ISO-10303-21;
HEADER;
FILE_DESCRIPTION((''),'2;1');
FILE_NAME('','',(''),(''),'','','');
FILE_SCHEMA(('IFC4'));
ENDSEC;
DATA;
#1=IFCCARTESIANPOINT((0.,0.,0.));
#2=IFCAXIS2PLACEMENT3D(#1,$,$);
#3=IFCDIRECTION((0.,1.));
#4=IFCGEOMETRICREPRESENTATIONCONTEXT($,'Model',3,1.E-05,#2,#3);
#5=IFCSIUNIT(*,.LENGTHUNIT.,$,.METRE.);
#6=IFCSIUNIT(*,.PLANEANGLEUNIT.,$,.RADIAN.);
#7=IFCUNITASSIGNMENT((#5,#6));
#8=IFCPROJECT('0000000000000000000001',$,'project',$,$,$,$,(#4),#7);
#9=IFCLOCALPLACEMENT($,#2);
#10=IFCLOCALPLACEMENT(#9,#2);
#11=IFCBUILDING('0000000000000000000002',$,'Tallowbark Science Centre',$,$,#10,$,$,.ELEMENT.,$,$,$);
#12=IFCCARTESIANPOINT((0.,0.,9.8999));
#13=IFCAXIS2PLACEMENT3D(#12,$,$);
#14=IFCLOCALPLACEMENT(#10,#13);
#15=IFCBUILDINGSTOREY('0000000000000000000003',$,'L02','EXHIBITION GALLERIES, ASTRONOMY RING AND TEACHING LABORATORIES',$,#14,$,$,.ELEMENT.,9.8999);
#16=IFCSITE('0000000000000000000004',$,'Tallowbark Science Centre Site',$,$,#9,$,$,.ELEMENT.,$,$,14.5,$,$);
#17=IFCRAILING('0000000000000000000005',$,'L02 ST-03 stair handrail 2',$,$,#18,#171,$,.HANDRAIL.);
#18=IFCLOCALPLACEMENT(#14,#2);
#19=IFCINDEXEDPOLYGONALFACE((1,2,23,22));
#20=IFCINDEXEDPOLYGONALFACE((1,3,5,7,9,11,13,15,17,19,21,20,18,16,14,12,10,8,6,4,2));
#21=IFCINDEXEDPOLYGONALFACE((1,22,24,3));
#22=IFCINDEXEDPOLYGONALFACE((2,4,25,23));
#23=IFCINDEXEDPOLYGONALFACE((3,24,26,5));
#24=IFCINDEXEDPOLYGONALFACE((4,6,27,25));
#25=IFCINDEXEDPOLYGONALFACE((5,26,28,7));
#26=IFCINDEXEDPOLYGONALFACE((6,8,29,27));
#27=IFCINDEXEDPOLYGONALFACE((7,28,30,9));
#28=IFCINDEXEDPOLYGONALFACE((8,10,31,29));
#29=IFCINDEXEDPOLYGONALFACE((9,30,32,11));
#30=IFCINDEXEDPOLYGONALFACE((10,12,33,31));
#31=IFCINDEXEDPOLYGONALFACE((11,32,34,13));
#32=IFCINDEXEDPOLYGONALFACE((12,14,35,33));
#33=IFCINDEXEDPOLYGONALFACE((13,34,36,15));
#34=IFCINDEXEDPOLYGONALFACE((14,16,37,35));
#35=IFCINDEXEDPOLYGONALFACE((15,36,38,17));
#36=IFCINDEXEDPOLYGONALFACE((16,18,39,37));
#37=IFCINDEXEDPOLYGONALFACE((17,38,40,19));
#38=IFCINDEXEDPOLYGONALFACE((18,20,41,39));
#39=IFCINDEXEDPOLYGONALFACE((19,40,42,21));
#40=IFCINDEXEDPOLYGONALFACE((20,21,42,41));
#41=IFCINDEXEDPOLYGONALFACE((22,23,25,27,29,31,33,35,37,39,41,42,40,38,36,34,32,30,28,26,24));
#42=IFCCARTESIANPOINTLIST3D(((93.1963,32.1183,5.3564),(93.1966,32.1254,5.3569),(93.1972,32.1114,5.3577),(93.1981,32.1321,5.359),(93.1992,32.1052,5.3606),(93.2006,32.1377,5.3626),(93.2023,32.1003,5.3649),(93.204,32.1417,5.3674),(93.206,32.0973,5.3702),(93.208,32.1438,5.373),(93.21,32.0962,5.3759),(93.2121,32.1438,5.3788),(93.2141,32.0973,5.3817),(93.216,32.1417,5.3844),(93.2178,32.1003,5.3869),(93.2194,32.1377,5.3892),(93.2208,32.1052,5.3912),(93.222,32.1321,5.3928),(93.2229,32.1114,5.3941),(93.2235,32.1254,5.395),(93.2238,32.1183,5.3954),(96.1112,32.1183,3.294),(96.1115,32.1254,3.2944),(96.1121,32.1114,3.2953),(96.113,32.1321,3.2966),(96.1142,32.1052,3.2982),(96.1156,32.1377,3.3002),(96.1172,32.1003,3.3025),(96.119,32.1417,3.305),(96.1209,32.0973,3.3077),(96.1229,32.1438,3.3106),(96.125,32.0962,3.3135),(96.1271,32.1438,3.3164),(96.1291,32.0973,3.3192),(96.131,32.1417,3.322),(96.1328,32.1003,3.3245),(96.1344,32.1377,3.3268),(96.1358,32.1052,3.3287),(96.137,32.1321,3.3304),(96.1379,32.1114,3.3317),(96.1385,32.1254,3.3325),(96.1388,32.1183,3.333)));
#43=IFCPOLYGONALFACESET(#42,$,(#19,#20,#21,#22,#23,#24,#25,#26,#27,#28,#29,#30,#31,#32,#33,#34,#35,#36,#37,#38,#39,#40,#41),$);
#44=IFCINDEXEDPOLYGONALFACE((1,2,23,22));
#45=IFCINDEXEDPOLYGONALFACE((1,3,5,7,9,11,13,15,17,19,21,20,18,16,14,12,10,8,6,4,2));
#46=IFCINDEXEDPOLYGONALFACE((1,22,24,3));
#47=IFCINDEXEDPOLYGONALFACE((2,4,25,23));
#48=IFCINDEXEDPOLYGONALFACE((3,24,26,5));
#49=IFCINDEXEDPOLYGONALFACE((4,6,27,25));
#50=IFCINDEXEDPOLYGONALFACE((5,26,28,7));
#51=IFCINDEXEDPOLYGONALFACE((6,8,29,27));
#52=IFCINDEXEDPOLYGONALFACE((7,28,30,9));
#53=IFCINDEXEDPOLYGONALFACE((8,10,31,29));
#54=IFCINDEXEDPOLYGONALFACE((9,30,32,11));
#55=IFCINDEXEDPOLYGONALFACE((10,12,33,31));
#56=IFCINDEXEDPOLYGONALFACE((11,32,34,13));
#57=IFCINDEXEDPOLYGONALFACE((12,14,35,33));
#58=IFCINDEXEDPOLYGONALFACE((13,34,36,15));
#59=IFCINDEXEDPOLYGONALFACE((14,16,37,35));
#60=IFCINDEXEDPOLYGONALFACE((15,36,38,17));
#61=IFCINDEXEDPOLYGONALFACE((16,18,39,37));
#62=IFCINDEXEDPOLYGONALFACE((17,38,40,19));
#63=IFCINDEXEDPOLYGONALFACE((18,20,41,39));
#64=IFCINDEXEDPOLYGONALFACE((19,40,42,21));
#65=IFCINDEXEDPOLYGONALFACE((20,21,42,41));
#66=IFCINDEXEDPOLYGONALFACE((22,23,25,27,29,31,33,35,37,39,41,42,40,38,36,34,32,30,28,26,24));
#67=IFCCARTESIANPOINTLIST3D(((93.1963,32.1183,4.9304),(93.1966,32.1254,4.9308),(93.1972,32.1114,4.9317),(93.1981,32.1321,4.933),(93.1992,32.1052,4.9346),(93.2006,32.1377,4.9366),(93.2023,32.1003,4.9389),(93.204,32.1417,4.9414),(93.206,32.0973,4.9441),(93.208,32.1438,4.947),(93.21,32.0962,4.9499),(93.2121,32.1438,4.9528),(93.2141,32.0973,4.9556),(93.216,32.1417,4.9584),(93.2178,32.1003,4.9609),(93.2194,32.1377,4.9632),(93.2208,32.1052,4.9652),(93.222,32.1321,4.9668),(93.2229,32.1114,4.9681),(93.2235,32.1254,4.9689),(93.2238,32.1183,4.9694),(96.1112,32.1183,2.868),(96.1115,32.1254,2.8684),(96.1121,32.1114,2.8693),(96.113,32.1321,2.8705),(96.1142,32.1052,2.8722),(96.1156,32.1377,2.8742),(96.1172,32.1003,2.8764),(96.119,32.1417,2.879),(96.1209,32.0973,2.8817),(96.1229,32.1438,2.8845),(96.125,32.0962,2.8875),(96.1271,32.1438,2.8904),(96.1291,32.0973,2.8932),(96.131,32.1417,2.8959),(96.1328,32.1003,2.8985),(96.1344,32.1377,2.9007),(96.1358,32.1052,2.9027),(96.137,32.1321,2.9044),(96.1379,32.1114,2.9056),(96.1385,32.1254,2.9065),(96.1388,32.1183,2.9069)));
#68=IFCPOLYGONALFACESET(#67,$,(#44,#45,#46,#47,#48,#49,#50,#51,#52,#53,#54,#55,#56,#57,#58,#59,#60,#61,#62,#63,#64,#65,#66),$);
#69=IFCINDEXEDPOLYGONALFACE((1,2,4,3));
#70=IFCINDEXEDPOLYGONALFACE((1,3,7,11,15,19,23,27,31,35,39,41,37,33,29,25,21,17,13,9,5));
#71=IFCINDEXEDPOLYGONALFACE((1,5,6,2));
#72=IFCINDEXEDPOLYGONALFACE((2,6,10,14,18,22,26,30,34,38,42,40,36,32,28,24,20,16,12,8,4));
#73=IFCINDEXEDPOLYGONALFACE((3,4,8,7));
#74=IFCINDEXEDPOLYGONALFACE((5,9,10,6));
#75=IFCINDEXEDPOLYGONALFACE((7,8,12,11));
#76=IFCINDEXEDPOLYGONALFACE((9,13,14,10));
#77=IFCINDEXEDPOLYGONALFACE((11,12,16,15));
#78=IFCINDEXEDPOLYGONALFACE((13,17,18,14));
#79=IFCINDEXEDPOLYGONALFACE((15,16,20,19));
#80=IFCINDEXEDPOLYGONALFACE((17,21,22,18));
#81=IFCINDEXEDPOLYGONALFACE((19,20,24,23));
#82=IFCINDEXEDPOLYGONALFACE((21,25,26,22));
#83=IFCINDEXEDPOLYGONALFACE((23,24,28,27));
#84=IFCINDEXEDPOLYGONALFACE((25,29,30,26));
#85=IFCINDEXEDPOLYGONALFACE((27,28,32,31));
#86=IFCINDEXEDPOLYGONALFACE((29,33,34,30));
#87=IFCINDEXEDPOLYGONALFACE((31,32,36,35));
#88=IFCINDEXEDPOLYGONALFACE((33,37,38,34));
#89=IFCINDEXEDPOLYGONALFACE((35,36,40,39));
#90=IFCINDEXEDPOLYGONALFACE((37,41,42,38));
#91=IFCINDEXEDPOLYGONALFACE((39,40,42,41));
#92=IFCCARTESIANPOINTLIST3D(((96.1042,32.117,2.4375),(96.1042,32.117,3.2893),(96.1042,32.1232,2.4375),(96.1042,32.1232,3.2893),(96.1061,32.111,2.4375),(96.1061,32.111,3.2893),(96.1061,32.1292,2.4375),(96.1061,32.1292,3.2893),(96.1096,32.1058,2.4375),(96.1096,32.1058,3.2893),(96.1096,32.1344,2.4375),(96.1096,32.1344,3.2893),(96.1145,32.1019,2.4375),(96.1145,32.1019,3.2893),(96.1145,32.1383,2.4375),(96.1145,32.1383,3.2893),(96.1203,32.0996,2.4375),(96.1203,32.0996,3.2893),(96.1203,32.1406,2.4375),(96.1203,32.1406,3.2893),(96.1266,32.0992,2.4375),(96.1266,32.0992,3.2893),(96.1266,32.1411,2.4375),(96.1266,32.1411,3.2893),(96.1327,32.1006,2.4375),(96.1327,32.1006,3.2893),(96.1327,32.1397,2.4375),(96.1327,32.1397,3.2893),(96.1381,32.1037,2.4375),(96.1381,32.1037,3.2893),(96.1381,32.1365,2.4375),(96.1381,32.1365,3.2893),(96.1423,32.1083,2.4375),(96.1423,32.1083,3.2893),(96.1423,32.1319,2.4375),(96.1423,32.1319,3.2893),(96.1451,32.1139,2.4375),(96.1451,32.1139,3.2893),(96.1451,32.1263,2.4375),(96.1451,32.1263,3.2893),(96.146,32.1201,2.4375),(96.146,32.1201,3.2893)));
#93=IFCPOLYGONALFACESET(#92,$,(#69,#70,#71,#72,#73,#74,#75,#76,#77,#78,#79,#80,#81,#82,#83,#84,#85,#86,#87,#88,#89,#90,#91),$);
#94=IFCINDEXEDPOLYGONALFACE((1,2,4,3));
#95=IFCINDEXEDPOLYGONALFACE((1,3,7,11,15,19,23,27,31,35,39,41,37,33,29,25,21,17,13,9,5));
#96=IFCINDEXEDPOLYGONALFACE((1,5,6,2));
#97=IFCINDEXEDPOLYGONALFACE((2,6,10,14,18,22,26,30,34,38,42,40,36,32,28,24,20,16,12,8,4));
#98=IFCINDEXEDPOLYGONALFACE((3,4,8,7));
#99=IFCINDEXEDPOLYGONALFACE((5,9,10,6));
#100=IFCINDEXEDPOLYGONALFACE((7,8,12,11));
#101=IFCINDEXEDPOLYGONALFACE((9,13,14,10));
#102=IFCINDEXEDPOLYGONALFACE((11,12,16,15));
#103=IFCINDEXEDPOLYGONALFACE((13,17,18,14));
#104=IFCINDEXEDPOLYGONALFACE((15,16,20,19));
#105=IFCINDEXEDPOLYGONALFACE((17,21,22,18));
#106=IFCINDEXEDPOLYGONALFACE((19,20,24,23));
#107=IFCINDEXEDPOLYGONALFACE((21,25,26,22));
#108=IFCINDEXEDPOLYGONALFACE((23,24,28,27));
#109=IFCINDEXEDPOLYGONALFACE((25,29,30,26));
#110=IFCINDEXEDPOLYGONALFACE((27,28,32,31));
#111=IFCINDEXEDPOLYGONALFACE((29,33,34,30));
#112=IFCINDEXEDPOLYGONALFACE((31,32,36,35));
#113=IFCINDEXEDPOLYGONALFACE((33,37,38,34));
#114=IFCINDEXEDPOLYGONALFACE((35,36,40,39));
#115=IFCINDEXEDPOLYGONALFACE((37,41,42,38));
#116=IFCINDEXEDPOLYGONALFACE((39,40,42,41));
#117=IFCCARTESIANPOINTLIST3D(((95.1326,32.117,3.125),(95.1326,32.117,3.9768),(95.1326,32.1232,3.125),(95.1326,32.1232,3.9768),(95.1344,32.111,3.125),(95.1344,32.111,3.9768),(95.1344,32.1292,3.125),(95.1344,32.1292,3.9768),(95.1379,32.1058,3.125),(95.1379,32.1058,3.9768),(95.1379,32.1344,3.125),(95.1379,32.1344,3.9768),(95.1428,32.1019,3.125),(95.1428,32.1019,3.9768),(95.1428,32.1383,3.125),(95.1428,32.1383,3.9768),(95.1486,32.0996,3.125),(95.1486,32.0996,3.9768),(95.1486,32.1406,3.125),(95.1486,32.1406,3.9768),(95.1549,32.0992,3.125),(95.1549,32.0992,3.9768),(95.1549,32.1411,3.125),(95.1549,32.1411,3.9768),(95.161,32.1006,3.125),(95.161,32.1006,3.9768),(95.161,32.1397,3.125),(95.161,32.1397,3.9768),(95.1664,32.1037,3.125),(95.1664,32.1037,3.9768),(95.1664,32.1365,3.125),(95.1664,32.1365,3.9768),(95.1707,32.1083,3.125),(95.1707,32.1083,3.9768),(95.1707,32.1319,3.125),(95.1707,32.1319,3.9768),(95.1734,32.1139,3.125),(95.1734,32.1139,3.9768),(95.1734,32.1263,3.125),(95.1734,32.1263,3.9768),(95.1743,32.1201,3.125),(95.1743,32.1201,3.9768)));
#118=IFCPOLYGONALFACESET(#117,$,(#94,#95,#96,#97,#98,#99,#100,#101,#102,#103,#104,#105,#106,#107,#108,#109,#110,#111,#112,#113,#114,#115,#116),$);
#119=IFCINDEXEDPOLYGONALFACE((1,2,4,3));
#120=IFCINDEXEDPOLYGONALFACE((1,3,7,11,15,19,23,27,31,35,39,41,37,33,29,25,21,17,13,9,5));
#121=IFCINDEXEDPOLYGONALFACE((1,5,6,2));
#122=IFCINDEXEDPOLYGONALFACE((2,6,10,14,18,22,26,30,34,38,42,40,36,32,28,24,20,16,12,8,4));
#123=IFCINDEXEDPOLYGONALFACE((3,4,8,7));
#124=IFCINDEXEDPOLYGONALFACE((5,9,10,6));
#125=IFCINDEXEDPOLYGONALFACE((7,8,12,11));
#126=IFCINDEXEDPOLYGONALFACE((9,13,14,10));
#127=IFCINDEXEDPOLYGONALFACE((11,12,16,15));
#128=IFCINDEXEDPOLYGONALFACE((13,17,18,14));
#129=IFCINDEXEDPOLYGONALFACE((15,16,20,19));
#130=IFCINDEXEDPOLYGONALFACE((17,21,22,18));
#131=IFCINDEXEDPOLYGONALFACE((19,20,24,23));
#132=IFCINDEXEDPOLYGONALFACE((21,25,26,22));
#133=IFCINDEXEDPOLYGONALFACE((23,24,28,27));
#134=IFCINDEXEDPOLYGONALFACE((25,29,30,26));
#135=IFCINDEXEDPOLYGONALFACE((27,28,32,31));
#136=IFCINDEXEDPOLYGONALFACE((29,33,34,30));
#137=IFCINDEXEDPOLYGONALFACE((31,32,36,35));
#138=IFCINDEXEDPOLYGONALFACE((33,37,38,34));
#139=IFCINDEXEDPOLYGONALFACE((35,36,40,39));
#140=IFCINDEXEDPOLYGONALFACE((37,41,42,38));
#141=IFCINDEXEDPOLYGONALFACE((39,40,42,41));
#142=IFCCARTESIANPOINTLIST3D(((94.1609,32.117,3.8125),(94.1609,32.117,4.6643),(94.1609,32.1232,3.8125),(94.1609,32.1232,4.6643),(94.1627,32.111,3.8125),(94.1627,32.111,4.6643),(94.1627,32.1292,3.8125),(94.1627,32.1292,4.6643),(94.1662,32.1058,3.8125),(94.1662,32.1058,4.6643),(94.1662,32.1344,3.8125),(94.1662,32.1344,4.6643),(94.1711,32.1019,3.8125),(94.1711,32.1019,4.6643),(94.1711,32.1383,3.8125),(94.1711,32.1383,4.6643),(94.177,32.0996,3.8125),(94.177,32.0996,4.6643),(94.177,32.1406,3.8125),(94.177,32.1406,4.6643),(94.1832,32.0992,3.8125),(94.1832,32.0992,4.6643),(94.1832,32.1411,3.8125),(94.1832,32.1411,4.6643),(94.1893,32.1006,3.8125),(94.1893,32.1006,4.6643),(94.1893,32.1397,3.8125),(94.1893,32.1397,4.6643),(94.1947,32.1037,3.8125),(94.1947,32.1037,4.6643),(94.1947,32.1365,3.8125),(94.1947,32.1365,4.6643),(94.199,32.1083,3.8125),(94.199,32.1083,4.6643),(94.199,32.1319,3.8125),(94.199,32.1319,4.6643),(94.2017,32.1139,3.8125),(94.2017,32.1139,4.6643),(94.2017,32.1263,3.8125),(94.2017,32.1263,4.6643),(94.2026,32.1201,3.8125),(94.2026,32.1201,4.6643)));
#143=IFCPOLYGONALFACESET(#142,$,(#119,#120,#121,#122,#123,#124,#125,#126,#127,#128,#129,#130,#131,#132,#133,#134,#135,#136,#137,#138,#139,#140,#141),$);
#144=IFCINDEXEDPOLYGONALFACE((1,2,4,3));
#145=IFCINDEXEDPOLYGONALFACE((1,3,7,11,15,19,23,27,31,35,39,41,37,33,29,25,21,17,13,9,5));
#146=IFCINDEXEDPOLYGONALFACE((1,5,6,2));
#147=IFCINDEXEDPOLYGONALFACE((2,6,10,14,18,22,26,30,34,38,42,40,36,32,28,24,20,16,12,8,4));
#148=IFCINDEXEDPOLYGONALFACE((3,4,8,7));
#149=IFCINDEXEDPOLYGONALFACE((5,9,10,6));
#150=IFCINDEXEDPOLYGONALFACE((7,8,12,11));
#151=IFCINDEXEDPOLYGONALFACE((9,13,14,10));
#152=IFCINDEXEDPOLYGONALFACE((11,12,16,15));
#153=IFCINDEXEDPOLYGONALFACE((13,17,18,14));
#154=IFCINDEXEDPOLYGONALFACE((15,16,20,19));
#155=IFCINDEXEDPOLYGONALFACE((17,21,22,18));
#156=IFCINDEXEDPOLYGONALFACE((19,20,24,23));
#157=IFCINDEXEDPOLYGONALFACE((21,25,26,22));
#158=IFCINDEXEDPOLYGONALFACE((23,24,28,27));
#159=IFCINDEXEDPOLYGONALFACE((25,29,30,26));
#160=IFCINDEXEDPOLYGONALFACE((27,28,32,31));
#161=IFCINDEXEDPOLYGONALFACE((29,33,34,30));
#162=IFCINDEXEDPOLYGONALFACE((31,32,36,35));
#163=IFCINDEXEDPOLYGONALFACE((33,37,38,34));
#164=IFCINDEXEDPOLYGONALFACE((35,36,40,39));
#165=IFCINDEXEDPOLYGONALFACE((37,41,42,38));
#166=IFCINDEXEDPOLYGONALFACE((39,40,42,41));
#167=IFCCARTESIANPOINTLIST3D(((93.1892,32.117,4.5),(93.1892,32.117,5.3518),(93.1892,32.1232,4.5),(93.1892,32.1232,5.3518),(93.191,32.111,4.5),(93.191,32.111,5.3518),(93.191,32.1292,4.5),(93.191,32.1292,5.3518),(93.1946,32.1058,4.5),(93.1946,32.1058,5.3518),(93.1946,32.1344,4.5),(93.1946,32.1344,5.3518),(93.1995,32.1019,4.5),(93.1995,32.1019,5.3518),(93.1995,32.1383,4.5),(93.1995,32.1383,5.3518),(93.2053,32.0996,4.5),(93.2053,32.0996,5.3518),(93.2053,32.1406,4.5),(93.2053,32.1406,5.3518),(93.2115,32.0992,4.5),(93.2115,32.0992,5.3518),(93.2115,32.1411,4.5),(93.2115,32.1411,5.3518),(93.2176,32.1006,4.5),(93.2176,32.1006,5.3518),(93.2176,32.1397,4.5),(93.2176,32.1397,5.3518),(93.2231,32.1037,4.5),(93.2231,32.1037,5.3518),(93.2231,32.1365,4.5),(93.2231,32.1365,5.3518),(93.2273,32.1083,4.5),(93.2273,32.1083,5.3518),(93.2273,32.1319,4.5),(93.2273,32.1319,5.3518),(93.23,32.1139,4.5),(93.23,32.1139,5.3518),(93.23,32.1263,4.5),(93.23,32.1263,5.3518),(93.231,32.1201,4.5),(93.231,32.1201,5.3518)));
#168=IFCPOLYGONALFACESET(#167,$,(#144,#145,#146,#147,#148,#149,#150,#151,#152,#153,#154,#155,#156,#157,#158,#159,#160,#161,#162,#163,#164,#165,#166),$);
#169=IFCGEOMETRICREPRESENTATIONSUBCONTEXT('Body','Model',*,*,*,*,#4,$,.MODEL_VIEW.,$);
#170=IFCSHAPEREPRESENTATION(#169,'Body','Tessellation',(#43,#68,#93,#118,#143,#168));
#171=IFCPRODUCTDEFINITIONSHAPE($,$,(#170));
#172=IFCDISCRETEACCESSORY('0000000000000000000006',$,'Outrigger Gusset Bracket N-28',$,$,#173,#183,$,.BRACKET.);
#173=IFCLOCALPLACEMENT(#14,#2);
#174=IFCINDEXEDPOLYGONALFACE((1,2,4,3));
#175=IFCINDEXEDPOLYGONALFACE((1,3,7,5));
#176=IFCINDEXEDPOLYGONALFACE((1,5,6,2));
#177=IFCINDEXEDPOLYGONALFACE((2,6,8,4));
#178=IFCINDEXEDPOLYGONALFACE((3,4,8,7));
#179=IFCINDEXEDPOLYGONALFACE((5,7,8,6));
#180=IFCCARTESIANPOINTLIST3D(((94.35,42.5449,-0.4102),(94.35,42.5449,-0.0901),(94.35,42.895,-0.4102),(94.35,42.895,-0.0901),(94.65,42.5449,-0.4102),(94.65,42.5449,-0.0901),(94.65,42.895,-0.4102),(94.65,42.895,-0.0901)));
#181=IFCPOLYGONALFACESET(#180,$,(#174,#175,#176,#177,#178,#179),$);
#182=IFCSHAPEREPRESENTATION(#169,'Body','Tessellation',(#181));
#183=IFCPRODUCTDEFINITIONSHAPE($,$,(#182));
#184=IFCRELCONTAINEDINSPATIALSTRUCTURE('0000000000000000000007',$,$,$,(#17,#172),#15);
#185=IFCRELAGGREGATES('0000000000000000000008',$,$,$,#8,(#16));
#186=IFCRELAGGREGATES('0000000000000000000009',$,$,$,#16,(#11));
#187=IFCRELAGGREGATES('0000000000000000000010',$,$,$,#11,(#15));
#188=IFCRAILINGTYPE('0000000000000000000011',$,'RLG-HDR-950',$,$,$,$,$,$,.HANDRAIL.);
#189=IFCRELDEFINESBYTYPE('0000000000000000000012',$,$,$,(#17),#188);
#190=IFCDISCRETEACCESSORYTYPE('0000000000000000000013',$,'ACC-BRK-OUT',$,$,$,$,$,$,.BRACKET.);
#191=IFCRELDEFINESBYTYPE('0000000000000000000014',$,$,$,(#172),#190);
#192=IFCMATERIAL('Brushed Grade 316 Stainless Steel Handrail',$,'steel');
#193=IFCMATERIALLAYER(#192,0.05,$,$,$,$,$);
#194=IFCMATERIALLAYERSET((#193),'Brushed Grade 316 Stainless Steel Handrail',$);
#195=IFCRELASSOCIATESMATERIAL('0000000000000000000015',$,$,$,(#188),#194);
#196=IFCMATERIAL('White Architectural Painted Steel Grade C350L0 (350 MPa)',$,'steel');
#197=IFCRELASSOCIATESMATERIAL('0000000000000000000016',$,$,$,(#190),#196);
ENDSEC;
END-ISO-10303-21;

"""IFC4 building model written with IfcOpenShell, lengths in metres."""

from ifc_helpers import new_model, si_unit, direction, frame, origin, origin_2d, place, context, subcontext, project, spatial, rectangle, circle, extrude, material, layer, layer_set, type_object, element, save


model = new_model("IFC4")

# Units and contexts
model_context = context("Model", 3, precision=1e-05, world=origin(), true_north=direction((0.0, 1.0)))
body_context = subcontext(model_context, "Body", "Model", "MODEL_VIEW")
ifc_project = project(units=[si_unit("LENGTHUNIT", "METRE"), si_unit("PLANEANGLEUNIT", "RADIAN")], contexts=[model_context])

# Site, building, storey
site_placement = place(None, origin())
site = spatial("IfcSite", under=ifc_project, at=site_placement, Name="Tallowbark Science Centre Site", CompositionType="ELEMENT", RefElevation=14.5)
building_placement = place(site_placement, origin())
building = spatial("IfcBuilding", under=site, at=building_placement, Name="Tallowbark Science Centre", CompositionType="ELEMENT")
storey_placement = place(building_placement, frame((0.0, 0.0, 9.8999)))
storey = spatial("IfcBuildingStorey", under=building, at=storey_placement, Name="L02", Description="EXHIBITION GALLERIES, ASTRONOMY RING AND TEACHING LABORATORIES", CompositionType="ELEMENT", Elevation=9.8999)

# Shared definitions
ifc_material_1 = material(Name="White Architectural Painted Steel Grade C350L0 (350 MPa)", Category="steel")

# Railing
ifc_material_2 = material(Name="Brushed Grade 316 Stainless Steel Handrail", Category="steel")
ifc_layer_1 = layer(ifc_material_2, 0.05)
ifc_layer_set_1 = layer_set([ifc_layer_1], Name="Brushed Grade 316 Stainless Steel Handrail")
railing_type_1 = type_object("IfcRailingType", Name="RLG-HDR-950", PredefinedType="HANDRAIL", material=ifc_layer_set_1)
railing_1_placement = place(storey_placement, frame((96.125, 32.1201, 2.4375)))
element("IfcRailing", 1, at=railing_1_placement, inside=storey, type_object=railing_type_1, Name="L02 ST-03 stair handrail 2", PredefinedType="HANDRAIL", context=body_context, shape_type="SweptSolid", body=[
    extrude(circle(Radius=0.0239, at=origin_2d()), frame((0.0, 0.0, 0.876), z_axis=(-0.816331, 0.0, 0.577585), x_axis=(0.0, -1.0, 0.0)), (0.0, 0.0, 1.0), 3.5708),
    extrude(circle(Radius=0.0239, at=origin_2d()), frame((0.0, 0.0, 0.45), z_axis=(-0.816331, 0.0, 0.577585), x_axis=(0.0, -1.0, 0.0)), (0.0, 0.0, 1.0), 3.5708),
    extrude(circle(Radius=0.021, at=origin_2d()), origin(), (0.0, 0.0, 1.0), 0.8518),
    extrude(circle(Radius=0.021, at=origin_2d()), frame((-0.9717, 0.0, 0.6875)), (0.0, 0.0, 1.0), 0.8518),
    extrude(circle(Radius=0.021, at=origin_2d()), frame((-1.9434, 0.0, 1.375)), (0.0, 0.0, 1.0), 0.8518),
    extrude(circle(Radius=0.021, at=origin_2d()), frame((-2.915, 0.0, 2.0625)), (0.0, 0.0, 1.0), 0.8518),
])

# Discrete accessory
discrete_accessory_type = type_object("IfcDiscreteAccessoryType", Name="ACC-BRK-OUT", PredefinedType="BRACKET", material=ifc_material_1)
discrete_accessory_placement = place(storey_placement, frame((94.5, 42.72, -0.4102), z_axis=(0.0, 0.0, 1.0), x_axis=(1.0, 0.0, 0.0)))
element("IfcDiscreteAccessory", 2, at=discrete_accessory_placement, inside=storey, type_object=discrete_accessory_type, Name="Outrigger Gusset Bracket N-28", PredefinedType="BRACKET", context=body_context, shape_type="SweptSolid", body=[
    extrude(rectangle(XDim=0.3, YDim=0.3501, at=origin_2d()), origin(), (0.0, 0.0, 1.0), 0.3201),
])

save(model, "model.ifc")
